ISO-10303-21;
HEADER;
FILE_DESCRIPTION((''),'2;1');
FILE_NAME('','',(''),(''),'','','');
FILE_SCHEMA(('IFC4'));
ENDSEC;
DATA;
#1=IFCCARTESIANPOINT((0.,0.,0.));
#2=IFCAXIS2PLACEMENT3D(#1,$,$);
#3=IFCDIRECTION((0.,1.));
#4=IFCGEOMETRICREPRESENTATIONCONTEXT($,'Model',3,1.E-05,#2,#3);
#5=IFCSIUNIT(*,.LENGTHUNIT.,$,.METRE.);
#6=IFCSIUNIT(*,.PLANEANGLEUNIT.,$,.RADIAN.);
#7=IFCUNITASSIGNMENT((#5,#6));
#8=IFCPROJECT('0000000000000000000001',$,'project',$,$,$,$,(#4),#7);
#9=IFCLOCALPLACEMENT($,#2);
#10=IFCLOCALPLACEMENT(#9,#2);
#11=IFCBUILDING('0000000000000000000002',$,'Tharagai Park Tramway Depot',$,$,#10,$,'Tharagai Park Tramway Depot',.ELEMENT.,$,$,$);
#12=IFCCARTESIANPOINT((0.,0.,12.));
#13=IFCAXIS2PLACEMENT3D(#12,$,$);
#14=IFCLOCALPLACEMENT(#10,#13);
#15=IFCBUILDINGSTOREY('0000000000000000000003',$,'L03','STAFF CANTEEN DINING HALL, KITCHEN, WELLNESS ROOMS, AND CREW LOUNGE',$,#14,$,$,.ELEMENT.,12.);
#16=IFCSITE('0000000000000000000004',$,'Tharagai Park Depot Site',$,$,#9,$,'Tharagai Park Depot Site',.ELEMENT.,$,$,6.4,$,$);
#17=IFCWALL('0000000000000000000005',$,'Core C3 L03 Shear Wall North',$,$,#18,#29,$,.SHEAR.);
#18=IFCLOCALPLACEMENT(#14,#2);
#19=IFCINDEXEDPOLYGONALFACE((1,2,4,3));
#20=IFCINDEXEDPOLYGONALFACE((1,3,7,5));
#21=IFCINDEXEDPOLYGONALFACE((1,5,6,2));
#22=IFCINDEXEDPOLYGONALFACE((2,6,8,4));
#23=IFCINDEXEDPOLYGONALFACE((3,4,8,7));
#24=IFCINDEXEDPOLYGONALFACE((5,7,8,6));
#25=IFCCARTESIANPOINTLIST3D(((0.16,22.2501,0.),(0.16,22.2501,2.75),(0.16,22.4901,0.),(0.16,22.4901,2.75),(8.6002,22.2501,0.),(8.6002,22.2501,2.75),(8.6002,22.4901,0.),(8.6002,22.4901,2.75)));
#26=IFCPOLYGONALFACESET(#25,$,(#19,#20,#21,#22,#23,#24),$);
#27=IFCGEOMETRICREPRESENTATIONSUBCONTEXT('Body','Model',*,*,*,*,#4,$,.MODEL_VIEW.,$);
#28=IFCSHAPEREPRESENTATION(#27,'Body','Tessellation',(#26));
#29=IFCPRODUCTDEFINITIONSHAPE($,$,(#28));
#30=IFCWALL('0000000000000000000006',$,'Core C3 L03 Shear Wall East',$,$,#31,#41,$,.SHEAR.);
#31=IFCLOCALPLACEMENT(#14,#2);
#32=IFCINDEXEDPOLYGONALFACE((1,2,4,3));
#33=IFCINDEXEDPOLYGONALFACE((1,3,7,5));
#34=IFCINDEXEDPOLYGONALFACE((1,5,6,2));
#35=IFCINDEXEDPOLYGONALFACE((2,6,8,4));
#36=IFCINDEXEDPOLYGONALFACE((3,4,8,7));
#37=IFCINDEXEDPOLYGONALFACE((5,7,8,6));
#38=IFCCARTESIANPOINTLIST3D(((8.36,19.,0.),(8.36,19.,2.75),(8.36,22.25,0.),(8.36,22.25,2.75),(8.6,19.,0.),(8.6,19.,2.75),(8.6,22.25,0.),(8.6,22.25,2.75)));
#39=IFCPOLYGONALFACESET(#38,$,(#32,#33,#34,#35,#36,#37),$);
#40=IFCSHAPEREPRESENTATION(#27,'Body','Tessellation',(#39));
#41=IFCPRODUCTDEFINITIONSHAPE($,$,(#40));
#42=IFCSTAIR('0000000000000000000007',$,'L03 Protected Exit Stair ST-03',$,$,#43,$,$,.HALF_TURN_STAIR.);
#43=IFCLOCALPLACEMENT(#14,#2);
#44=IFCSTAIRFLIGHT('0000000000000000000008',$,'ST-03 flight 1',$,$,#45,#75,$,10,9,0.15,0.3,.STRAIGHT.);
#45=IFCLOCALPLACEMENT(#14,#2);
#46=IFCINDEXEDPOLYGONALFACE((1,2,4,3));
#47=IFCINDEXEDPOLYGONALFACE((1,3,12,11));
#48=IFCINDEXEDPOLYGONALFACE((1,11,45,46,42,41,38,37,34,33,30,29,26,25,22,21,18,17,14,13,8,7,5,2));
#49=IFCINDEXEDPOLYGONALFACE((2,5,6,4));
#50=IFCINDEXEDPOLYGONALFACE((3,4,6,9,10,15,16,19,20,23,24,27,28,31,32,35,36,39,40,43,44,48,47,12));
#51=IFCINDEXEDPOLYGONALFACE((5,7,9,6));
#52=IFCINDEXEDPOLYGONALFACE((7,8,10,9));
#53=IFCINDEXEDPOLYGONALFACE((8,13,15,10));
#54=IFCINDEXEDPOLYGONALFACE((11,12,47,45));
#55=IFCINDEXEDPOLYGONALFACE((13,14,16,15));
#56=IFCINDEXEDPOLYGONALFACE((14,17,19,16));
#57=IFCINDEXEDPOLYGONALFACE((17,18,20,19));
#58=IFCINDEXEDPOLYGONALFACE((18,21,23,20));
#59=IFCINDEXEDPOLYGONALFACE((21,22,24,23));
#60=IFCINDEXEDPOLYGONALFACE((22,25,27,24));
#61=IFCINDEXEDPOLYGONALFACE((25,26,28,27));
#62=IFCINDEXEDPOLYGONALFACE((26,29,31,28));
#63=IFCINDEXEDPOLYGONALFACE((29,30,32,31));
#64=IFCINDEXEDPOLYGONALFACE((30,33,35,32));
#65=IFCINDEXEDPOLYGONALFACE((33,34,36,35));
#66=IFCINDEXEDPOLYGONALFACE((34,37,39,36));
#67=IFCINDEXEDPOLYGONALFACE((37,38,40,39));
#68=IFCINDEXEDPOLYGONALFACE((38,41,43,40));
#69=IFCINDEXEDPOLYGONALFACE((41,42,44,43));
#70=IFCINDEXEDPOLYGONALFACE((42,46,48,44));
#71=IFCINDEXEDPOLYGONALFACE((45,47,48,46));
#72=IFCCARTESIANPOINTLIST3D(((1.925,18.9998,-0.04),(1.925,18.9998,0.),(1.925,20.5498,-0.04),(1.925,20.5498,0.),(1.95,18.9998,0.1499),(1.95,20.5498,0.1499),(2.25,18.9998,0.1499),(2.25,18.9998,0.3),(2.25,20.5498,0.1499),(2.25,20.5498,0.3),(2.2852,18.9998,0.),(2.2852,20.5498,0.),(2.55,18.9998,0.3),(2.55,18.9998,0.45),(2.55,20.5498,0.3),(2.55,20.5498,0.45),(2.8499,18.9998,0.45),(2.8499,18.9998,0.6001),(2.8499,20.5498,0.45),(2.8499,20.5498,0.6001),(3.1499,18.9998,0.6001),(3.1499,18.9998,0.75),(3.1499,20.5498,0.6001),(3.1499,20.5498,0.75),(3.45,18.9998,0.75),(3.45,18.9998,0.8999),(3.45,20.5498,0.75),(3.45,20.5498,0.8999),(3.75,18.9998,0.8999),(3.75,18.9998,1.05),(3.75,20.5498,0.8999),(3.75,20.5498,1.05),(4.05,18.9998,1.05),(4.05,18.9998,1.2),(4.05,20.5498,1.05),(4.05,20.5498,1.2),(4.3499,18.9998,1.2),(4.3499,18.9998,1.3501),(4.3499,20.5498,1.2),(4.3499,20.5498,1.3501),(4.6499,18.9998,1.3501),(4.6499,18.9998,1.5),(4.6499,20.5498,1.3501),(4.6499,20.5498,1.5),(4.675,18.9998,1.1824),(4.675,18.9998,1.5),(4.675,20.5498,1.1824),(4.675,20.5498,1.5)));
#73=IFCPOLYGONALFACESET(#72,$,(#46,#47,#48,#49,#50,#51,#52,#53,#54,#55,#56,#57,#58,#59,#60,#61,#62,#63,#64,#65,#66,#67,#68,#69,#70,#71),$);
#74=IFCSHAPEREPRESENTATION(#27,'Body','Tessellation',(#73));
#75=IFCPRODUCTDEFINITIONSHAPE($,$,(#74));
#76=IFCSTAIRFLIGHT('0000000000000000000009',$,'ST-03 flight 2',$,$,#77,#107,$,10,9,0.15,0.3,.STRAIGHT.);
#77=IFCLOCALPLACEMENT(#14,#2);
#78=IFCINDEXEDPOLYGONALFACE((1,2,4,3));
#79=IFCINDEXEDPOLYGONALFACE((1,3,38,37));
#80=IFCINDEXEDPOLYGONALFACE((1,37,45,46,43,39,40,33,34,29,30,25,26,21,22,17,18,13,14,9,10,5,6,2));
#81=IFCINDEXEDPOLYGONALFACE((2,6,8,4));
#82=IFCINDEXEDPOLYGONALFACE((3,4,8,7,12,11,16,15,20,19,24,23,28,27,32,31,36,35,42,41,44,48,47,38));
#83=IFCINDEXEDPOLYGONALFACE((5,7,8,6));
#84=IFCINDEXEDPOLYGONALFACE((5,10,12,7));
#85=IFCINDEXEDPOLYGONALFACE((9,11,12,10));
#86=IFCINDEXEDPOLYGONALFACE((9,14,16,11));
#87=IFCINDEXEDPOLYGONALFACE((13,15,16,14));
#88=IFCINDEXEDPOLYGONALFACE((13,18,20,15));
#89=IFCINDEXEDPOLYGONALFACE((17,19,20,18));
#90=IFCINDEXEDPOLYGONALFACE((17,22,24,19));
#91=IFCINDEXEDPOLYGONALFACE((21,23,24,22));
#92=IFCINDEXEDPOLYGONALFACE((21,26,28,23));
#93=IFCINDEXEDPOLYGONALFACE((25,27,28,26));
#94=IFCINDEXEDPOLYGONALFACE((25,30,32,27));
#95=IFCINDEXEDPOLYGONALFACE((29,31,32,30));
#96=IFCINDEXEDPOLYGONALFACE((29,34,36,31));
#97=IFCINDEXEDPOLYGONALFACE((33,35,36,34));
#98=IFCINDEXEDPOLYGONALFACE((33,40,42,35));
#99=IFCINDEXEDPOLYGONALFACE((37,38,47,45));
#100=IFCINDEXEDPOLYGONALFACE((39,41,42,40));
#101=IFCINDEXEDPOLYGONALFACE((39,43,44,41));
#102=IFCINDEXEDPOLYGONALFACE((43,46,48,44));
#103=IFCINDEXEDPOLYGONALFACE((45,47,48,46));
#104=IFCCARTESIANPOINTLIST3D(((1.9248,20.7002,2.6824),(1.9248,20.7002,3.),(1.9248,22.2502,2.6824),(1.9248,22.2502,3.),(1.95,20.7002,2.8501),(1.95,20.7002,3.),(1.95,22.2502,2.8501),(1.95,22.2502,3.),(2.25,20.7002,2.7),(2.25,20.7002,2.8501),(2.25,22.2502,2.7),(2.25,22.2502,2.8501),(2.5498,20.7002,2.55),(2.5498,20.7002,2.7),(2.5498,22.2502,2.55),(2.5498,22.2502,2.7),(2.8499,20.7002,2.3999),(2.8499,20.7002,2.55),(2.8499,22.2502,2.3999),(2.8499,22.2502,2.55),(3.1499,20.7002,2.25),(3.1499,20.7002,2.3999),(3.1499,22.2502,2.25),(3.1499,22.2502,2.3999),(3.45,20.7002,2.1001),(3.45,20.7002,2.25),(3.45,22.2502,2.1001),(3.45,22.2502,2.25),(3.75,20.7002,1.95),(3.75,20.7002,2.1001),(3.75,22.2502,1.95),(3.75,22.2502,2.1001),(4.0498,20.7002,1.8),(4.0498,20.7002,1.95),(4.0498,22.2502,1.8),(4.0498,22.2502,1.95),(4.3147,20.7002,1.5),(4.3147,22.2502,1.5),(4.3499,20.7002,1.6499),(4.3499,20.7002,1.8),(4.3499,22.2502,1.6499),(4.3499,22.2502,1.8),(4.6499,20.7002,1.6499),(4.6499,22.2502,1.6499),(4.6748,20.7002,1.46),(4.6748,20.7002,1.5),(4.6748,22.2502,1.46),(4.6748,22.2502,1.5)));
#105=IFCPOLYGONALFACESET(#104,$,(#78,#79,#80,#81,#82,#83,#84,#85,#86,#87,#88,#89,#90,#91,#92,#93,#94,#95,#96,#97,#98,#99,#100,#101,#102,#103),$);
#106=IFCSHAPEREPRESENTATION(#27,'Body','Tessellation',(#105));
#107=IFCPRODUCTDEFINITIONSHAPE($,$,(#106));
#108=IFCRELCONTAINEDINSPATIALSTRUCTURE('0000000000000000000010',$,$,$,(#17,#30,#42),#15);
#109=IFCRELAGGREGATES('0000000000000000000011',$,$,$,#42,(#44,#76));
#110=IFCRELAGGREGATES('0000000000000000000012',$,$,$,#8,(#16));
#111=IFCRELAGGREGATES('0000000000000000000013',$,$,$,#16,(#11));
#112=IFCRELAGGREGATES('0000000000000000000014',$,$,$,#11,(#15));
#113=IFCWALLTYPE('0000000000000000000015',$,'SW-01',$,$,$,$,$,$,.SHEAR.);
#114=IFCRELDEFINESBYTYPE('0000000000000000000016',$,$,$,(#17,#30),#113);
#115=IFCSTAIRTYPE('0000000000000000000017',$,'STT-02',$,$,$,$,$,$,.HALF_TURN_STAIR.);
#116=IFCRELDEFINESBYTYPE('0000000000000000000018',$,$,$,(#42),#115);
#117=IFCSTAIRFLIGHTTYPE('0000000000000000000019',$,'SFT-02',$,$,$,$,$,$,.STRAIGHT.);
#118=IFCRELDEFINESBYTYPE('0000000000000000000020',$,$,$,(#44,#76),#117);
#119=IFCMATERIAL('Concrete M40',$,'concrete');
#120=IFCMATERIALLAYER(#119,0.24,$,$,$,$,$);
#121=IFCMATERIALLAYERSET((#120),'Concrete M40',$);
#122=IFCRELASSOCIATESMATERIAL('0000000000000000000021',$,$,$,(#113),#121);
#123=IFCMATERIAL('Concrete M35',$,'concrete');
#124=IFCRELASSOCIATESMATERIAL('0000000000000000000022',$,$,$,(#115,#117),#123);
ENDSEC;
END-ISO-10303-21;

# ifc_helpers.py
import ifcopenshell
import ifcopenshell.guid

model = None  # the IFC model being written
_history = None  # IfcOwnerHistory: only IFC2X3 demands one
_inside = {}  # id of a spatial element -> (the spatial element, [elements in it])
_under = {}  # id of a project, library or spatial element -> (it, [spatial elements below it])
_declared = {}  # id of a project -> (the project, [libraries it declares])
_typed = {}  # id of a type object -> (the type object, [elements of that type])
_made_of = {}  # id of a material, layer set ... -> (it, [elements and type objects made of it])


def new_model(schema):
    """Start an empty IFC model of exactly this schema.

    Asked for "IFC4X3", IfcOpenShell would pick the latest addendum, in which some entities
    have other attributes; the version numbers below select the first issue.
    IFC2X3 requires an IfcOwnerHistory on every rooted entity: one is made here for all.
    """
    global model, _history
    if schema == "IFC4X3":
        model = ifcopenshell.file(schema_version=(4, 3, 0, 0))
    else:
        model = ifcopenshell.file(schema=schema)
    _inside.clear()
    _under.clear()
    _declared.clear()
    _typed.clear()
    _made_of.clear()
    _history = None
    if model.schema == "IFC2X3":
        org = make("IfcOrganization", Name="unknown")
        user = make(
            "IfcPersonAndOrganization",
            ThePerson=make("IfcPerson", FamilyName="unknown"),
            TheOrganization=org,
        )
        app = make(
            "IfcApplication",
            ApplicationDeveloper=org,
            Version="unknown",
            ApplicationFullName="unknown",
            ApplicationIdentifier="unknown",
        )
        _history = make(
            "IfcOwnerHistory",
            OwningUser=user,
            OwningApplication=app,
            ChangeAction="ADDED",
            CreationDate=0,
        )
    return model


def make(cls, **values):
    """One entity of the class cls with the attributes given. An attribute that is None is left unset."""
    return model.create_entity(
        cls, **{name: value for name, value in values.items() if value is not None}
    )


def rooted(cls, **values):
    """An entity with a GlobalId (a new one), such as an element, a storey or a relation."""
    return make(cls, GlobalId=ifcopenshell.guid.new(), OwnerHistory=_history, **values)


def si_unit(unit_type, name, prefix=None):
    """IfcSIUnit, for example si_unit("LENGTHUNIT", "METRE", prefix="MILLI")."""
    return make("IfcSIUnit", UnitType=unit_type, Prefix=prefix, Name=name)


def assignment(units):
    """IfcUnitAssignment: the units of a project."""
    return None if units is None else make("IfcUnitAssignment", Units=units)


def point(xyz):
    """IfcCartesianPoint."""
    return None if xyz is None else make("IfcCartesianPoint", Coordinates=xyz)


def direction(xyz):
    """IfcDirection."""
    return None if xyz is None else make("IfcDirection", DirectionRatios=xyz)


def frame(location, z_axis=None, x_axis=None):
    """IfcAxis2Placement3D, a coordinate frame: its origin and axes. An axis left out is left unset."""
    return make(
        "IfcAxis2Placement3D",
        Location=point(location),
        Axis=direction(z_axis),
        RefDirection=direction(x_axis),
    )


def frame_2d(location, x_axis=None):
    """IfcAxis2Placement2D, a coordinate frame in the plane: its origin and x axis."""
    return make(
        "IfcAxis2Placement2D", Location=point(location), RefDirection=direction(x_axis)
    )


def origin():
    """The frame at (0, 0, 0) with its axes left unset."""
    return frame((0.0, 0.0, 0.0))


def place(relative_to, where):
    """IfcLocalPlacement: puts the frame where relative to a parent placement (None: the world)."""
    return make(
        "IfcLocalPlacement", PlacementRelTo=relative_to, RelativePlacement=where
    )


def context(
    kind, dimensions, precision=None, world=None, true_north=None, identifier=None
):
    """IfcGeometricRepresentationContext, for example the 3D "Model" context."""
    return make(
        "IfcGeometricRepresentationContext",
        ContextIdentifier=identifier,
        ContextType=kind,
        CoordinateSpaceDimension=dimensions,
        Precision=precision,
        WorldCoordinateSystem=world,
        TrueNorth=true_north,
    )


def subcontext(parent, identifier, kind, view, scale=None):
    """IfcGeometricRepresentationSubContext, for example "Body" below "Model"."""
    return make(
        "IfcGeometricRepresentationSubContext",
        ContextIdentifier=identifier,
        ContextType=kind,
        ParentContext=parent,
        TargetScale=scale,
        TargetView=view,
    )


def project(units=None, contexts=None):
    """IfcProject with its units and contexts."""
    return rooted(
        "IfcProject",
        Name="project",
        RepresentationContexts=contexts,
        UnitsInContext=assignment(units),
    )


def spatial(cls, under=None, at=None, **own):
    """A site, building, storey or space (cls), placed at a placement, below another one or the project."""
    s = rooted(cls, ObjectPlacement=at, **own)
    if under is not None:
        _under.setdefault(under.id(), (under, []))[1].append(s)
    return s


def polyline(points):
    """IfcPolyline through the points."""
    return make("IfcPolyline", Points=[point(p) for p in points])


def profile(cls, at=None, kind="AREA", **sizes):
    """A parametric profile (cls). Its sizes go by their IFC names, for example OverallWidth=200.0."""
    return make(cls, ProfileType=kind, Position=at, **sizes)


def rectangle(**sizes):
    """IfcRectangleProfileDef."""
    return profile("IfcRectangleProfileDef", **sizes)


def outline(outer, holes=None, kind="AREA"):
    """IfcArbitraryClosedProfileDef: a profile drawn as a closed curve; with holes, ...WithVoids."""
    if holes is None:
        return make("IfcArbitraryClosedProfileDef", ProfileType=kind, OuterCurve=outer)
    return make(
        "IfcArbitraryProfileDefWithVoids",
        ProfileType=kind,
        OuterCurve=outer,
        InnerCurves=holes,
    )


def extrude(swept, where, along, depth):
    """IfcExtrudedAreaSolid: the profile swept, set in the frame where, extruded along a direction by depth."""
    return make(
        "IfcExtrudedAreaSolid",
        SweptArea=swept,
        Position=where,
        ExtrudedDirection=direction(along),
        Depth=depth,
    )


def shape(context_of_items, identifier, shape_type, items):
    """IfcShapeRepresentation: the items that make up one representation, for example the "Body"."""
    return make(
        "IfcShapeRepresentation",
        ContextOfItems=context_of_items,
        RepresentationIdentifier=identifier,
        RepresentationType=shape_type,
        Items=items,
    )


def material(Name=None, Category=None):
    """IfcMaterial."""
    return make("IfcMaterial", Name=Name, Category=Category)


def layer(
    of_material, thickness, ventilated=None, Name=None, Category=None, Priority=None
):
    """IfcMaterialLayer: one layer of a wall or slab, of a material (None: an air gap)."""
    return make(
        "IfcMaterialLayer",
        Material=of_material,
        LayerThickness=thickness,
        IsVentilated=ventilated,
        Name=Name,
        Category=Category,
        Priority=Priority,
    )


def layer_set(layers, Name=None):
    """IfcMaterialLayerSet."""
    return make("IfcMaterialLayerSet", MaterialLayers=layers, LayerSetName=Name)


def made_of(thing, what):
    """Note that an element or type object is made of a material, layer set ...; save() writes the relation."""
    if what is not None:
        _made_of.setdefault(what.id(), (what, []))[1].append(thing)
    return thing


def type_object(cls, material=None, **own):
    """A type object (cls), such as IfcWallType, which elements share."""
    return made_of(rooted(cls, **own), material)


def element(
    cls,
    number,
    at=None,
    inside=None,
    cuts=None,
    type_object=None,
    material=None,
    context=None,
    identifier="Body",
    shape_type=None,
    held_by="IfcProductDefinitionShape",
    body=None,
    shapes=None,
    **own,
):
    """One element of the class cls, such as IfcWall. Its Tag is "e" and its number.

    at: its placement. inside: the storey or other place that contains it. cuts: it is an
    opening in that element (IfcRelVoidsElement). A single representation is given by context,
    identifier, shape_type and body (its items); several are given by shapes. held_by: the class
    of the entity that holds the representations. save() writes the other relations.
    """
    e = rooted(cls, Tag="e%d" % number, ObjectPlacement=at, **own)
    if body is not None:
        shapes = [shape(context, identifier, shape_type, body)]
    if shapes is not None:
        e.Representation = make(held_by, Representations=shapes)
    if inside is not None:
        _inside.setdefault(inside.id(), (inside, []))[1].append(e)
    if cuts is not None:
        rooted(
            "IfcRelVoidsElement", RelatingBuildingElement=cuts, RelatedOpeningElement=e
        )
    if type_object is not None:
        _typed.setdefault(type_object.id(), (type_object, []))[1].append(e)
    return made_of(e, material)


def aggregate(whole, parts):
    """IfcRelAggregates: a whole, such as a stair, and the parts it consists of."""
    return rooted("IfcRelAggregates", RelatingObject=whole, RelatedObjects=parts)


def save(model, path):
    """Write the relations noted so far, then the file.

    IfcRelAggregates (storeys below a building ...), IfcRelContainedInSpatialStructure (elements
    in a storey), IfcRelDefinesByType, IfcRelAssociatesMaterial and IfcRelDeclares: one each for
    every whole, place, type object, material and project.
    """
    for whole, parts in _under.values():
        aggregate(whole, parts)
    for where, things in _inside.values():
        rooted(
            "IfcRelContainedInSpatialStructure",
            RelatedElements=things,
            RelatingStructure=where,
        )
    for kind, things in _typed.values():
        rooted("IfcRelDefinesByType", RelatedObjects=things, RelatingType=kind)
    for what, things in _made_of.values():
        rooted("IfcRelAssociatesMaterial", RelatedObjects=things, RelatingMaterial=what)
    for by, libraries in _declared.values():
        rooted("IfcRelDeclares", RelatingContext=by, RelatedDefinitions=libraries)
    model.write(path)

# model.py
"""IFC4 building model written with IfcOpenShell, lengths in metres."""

from ifc_helpers import new_model, si_unit, direction, frame, frame_2d, origin, place, context, subcontext, project, spatial, polyline, rectangle, outline, extrude, material, layer, layer_set, type_object, element, aggregate, save


model = new_model("IFC4")

# Units and contexts
model_context = context("Model", 3, precision=1e-05, world=origin(), true_north=direction((0.0, 1.0)))
body_context = subcontext(model_context, "Body", "Model", "MODEL_VIEW")
ifc_project = project(units=[si_unit("LENGTHUNIT", "METRE"), si_unit("PLANEANGLEUNIT", "RADIAN")], contexts=[model_context])

# Site, building, storey
site_placement = place(None, origin())
site = spatial("IfcSite", under=ifc_project, at=site_placement, Name="Tharagai Park Depot Site", LongName="Tharagai Park Depot Site", CompositionType="ELEMENT", RefElevation=6.4)
building_placement = place(site_placement, origin())
building = spatial("IfcBuilding", under=site, at=building_placement, Name="Tharagai Park Tramway Depot", LongName="Tharagai Park Tramway Depot", CompositionType="ELEMENT")
storey_placement = place(building_placement, frame((0.0, 0.0, 12.0)))
storey = spatial("IfcBuildingStorey", under=building, at=storey_placement, Name="L03", Description="STAFF CANTEEN DINING HALL, KITCHEN, WELLNESS ROOMS, AND CREW LOUNGE", CompositionType="ELEMENT", Elevation=12.0)

# Shared definitions
ifc_material_1 = material(Name="Concrete M40", Category="concrete")

# Shared definitions
ifc_material_2 = material(Name="Concrete M35", Category="concrete")

# Shared definitions
ifc_layer_1 = layer(ifc_material_1, 0.24)
ifc_layer_set_1 = layer_set([ifc_layer_1], Name="Concrete M40")
wall_type_1 = type_object("IfcWallType", Name="SW-01", PredefinedType="SHEAR", material=ifc_layer_set_1)

# Walls
wall_1_placement = place(storey_placement, frame((0.1599, 22.3701, 0.0), z_axis=(0.0, 0.0, 1.0), x_axis=(1.0, 0.0, 0.0)))
element("IfcWall", 1, at=wall_1_placement, inside=storey, type_object=wall_type_1, Name="Core C3 L03 Shear Wall North", PredefinedType="SHEAR", context=body_context, shape_type="SweptSolid", body=[
    extrude(rectangle(XDim=8.4402, YDim=0.24, at=frame_2d((4.2202, 0.0))), origin(), (0.0, 0.0, 1.0), 2.75),
])
wall_2_placement = place(storey_placement, frame((8.48, 19.0, 0.0), z_axis=(0.0, 0.0, 1.0), x_axis=(0.0, 1.0, 0.0)))
element("IfcWall", 2, at=wall_2_placement, inside=storey, type_object=wall_type_1, Name="Core C3 L03 Shear Wall East", PredefinedType="SHEAR", context=body_context, shape_type="SweptSolid", body=[
    extrude(rectangle(XDim=3.25, YDim=0.24, at=frame_2d((1.625, 0.0))), origin(), (0.0, 0.0, 1.0), 2.75),
])

# Stair, stair flights
stair_type = type_object("IfcStairType", Name="STT-02", PredefinedType="HALF_TURN_STAIR", material=ifc_material_2)
stair_placement = place(storey_placement, origin())
stair = element("IfcStair", 3, at=stair_placement, inside=storey, type_object=stair_type, Name="L03 Protected Exit Stair ST-03", PredefinedType="HALF_TURN_STAIR")
stair_flight_type = type_object("IfcStairFlightType", Name="SFT-02", PredefinedType="STRAIGHT", material=ifc_material_2)
stair_flight_1_placement = place(storey_placement, frame((1.95, 19.7749, 0.0), z_axis=(0.0, 0.0, 1.0), x_axis=(1.0, 0.0, 0.0)))
stair_flight_1 = element("IfcStairFlight", 4, at=stair_flight_1_placement, type_object=stair_flight_type, Name="ST-03 flight 1", NumberOfRisers=10, NumberOfTreads=9, PredefinedType="STRAIGHT", RiserHeight=0.15, TreadLength=0.3, context=body_context, shape_type="SweptSolid", body=[
    extrude(outline(polyline([(-0.0249, 0.0), (0.0, 0.1499), (0.3, 0.1499), (0.3, 0.3), (0.6001, 0.3), (0.6001, 0.45), (0.8999, 0.45), (0.8999, 0.6001), (1.2, 0.6001), (1.2, 0.75), (1.5, 0.75), (1.5, 0.8999), (1.8, 0.8999), (1.8, 1.05), (2.1001, 1.05), (2.1001, 1.2), (2.3999, 1.2), (2.3999, 1.3501), (2.7, 1.3501), (2.7, 1.5), (2.7251, 1.5), (2.7251, 1.1824), (0.3352, 0.0), (-0.0249, -0.04), (-0.0249, 0.0)])), frame((0.0, 0.7749, 0.0), z_axis=(0.0, -1.0, 0.0), x_axis=(1.0, 0.0, 0.0)), (0.0, 0.0, 1.0), 1.55),
])
stair_flight_2_placement = place(storey_placement, frame((4.6499, 21.4751, 1.5), z_axis=(0.0, 0.0, 1.0), x_axis=(-1.0, 0.0, 0.0)))
stair_flight_2 = element("IfcStairFlight", 5, at=stair_flight_2_placement, type_object=stair_flight_type, Name="ST-03 flight 2", NumberOfRisers=10, NumberOfTreads=9, PredefinedType="STRAIGHT", RiserHeight=0.15, TreadLength=0.3, context=body_context, shape_type="SweptSolid", body=[
    extrude(outline(polyline([(-0.0249, 0.0), (0.0, 0.1499), (0.3, 0.1499), (0.3, 0.3), (0.6001, 0.3), (0.6001, 0.45), (0.8999, 0.45), (0.8999, 0.6001), (1.2, 0.6001), (1.2, 0.75), (1.5, 0.75), (1.5, 0.8999), (1.8, 0.8999), (1.8, 1.05), (2.1001, 1.05), (2.1001, 1.2), (2.3999, 1.2), (2.3999, 1.3501), (2.7, 1.3501), (2.7, 1.5), (2.7251, 1.5), (2.7251, 1.1824), (0.3352, 0.0), (-0.0249, -0.04), (-0.0249, 0.0)])), frame((0.0, 0.7749, 0.0), z_axis=(0.0, -1.0, 0.0), x_axis=(1.0, 0.0, 0.0)), (0.0, 0.0, 1.0), 1.55),
])
aggregate(stair, [stair_flight_1, stair_flight_2])

save(model, "model.ifc")
